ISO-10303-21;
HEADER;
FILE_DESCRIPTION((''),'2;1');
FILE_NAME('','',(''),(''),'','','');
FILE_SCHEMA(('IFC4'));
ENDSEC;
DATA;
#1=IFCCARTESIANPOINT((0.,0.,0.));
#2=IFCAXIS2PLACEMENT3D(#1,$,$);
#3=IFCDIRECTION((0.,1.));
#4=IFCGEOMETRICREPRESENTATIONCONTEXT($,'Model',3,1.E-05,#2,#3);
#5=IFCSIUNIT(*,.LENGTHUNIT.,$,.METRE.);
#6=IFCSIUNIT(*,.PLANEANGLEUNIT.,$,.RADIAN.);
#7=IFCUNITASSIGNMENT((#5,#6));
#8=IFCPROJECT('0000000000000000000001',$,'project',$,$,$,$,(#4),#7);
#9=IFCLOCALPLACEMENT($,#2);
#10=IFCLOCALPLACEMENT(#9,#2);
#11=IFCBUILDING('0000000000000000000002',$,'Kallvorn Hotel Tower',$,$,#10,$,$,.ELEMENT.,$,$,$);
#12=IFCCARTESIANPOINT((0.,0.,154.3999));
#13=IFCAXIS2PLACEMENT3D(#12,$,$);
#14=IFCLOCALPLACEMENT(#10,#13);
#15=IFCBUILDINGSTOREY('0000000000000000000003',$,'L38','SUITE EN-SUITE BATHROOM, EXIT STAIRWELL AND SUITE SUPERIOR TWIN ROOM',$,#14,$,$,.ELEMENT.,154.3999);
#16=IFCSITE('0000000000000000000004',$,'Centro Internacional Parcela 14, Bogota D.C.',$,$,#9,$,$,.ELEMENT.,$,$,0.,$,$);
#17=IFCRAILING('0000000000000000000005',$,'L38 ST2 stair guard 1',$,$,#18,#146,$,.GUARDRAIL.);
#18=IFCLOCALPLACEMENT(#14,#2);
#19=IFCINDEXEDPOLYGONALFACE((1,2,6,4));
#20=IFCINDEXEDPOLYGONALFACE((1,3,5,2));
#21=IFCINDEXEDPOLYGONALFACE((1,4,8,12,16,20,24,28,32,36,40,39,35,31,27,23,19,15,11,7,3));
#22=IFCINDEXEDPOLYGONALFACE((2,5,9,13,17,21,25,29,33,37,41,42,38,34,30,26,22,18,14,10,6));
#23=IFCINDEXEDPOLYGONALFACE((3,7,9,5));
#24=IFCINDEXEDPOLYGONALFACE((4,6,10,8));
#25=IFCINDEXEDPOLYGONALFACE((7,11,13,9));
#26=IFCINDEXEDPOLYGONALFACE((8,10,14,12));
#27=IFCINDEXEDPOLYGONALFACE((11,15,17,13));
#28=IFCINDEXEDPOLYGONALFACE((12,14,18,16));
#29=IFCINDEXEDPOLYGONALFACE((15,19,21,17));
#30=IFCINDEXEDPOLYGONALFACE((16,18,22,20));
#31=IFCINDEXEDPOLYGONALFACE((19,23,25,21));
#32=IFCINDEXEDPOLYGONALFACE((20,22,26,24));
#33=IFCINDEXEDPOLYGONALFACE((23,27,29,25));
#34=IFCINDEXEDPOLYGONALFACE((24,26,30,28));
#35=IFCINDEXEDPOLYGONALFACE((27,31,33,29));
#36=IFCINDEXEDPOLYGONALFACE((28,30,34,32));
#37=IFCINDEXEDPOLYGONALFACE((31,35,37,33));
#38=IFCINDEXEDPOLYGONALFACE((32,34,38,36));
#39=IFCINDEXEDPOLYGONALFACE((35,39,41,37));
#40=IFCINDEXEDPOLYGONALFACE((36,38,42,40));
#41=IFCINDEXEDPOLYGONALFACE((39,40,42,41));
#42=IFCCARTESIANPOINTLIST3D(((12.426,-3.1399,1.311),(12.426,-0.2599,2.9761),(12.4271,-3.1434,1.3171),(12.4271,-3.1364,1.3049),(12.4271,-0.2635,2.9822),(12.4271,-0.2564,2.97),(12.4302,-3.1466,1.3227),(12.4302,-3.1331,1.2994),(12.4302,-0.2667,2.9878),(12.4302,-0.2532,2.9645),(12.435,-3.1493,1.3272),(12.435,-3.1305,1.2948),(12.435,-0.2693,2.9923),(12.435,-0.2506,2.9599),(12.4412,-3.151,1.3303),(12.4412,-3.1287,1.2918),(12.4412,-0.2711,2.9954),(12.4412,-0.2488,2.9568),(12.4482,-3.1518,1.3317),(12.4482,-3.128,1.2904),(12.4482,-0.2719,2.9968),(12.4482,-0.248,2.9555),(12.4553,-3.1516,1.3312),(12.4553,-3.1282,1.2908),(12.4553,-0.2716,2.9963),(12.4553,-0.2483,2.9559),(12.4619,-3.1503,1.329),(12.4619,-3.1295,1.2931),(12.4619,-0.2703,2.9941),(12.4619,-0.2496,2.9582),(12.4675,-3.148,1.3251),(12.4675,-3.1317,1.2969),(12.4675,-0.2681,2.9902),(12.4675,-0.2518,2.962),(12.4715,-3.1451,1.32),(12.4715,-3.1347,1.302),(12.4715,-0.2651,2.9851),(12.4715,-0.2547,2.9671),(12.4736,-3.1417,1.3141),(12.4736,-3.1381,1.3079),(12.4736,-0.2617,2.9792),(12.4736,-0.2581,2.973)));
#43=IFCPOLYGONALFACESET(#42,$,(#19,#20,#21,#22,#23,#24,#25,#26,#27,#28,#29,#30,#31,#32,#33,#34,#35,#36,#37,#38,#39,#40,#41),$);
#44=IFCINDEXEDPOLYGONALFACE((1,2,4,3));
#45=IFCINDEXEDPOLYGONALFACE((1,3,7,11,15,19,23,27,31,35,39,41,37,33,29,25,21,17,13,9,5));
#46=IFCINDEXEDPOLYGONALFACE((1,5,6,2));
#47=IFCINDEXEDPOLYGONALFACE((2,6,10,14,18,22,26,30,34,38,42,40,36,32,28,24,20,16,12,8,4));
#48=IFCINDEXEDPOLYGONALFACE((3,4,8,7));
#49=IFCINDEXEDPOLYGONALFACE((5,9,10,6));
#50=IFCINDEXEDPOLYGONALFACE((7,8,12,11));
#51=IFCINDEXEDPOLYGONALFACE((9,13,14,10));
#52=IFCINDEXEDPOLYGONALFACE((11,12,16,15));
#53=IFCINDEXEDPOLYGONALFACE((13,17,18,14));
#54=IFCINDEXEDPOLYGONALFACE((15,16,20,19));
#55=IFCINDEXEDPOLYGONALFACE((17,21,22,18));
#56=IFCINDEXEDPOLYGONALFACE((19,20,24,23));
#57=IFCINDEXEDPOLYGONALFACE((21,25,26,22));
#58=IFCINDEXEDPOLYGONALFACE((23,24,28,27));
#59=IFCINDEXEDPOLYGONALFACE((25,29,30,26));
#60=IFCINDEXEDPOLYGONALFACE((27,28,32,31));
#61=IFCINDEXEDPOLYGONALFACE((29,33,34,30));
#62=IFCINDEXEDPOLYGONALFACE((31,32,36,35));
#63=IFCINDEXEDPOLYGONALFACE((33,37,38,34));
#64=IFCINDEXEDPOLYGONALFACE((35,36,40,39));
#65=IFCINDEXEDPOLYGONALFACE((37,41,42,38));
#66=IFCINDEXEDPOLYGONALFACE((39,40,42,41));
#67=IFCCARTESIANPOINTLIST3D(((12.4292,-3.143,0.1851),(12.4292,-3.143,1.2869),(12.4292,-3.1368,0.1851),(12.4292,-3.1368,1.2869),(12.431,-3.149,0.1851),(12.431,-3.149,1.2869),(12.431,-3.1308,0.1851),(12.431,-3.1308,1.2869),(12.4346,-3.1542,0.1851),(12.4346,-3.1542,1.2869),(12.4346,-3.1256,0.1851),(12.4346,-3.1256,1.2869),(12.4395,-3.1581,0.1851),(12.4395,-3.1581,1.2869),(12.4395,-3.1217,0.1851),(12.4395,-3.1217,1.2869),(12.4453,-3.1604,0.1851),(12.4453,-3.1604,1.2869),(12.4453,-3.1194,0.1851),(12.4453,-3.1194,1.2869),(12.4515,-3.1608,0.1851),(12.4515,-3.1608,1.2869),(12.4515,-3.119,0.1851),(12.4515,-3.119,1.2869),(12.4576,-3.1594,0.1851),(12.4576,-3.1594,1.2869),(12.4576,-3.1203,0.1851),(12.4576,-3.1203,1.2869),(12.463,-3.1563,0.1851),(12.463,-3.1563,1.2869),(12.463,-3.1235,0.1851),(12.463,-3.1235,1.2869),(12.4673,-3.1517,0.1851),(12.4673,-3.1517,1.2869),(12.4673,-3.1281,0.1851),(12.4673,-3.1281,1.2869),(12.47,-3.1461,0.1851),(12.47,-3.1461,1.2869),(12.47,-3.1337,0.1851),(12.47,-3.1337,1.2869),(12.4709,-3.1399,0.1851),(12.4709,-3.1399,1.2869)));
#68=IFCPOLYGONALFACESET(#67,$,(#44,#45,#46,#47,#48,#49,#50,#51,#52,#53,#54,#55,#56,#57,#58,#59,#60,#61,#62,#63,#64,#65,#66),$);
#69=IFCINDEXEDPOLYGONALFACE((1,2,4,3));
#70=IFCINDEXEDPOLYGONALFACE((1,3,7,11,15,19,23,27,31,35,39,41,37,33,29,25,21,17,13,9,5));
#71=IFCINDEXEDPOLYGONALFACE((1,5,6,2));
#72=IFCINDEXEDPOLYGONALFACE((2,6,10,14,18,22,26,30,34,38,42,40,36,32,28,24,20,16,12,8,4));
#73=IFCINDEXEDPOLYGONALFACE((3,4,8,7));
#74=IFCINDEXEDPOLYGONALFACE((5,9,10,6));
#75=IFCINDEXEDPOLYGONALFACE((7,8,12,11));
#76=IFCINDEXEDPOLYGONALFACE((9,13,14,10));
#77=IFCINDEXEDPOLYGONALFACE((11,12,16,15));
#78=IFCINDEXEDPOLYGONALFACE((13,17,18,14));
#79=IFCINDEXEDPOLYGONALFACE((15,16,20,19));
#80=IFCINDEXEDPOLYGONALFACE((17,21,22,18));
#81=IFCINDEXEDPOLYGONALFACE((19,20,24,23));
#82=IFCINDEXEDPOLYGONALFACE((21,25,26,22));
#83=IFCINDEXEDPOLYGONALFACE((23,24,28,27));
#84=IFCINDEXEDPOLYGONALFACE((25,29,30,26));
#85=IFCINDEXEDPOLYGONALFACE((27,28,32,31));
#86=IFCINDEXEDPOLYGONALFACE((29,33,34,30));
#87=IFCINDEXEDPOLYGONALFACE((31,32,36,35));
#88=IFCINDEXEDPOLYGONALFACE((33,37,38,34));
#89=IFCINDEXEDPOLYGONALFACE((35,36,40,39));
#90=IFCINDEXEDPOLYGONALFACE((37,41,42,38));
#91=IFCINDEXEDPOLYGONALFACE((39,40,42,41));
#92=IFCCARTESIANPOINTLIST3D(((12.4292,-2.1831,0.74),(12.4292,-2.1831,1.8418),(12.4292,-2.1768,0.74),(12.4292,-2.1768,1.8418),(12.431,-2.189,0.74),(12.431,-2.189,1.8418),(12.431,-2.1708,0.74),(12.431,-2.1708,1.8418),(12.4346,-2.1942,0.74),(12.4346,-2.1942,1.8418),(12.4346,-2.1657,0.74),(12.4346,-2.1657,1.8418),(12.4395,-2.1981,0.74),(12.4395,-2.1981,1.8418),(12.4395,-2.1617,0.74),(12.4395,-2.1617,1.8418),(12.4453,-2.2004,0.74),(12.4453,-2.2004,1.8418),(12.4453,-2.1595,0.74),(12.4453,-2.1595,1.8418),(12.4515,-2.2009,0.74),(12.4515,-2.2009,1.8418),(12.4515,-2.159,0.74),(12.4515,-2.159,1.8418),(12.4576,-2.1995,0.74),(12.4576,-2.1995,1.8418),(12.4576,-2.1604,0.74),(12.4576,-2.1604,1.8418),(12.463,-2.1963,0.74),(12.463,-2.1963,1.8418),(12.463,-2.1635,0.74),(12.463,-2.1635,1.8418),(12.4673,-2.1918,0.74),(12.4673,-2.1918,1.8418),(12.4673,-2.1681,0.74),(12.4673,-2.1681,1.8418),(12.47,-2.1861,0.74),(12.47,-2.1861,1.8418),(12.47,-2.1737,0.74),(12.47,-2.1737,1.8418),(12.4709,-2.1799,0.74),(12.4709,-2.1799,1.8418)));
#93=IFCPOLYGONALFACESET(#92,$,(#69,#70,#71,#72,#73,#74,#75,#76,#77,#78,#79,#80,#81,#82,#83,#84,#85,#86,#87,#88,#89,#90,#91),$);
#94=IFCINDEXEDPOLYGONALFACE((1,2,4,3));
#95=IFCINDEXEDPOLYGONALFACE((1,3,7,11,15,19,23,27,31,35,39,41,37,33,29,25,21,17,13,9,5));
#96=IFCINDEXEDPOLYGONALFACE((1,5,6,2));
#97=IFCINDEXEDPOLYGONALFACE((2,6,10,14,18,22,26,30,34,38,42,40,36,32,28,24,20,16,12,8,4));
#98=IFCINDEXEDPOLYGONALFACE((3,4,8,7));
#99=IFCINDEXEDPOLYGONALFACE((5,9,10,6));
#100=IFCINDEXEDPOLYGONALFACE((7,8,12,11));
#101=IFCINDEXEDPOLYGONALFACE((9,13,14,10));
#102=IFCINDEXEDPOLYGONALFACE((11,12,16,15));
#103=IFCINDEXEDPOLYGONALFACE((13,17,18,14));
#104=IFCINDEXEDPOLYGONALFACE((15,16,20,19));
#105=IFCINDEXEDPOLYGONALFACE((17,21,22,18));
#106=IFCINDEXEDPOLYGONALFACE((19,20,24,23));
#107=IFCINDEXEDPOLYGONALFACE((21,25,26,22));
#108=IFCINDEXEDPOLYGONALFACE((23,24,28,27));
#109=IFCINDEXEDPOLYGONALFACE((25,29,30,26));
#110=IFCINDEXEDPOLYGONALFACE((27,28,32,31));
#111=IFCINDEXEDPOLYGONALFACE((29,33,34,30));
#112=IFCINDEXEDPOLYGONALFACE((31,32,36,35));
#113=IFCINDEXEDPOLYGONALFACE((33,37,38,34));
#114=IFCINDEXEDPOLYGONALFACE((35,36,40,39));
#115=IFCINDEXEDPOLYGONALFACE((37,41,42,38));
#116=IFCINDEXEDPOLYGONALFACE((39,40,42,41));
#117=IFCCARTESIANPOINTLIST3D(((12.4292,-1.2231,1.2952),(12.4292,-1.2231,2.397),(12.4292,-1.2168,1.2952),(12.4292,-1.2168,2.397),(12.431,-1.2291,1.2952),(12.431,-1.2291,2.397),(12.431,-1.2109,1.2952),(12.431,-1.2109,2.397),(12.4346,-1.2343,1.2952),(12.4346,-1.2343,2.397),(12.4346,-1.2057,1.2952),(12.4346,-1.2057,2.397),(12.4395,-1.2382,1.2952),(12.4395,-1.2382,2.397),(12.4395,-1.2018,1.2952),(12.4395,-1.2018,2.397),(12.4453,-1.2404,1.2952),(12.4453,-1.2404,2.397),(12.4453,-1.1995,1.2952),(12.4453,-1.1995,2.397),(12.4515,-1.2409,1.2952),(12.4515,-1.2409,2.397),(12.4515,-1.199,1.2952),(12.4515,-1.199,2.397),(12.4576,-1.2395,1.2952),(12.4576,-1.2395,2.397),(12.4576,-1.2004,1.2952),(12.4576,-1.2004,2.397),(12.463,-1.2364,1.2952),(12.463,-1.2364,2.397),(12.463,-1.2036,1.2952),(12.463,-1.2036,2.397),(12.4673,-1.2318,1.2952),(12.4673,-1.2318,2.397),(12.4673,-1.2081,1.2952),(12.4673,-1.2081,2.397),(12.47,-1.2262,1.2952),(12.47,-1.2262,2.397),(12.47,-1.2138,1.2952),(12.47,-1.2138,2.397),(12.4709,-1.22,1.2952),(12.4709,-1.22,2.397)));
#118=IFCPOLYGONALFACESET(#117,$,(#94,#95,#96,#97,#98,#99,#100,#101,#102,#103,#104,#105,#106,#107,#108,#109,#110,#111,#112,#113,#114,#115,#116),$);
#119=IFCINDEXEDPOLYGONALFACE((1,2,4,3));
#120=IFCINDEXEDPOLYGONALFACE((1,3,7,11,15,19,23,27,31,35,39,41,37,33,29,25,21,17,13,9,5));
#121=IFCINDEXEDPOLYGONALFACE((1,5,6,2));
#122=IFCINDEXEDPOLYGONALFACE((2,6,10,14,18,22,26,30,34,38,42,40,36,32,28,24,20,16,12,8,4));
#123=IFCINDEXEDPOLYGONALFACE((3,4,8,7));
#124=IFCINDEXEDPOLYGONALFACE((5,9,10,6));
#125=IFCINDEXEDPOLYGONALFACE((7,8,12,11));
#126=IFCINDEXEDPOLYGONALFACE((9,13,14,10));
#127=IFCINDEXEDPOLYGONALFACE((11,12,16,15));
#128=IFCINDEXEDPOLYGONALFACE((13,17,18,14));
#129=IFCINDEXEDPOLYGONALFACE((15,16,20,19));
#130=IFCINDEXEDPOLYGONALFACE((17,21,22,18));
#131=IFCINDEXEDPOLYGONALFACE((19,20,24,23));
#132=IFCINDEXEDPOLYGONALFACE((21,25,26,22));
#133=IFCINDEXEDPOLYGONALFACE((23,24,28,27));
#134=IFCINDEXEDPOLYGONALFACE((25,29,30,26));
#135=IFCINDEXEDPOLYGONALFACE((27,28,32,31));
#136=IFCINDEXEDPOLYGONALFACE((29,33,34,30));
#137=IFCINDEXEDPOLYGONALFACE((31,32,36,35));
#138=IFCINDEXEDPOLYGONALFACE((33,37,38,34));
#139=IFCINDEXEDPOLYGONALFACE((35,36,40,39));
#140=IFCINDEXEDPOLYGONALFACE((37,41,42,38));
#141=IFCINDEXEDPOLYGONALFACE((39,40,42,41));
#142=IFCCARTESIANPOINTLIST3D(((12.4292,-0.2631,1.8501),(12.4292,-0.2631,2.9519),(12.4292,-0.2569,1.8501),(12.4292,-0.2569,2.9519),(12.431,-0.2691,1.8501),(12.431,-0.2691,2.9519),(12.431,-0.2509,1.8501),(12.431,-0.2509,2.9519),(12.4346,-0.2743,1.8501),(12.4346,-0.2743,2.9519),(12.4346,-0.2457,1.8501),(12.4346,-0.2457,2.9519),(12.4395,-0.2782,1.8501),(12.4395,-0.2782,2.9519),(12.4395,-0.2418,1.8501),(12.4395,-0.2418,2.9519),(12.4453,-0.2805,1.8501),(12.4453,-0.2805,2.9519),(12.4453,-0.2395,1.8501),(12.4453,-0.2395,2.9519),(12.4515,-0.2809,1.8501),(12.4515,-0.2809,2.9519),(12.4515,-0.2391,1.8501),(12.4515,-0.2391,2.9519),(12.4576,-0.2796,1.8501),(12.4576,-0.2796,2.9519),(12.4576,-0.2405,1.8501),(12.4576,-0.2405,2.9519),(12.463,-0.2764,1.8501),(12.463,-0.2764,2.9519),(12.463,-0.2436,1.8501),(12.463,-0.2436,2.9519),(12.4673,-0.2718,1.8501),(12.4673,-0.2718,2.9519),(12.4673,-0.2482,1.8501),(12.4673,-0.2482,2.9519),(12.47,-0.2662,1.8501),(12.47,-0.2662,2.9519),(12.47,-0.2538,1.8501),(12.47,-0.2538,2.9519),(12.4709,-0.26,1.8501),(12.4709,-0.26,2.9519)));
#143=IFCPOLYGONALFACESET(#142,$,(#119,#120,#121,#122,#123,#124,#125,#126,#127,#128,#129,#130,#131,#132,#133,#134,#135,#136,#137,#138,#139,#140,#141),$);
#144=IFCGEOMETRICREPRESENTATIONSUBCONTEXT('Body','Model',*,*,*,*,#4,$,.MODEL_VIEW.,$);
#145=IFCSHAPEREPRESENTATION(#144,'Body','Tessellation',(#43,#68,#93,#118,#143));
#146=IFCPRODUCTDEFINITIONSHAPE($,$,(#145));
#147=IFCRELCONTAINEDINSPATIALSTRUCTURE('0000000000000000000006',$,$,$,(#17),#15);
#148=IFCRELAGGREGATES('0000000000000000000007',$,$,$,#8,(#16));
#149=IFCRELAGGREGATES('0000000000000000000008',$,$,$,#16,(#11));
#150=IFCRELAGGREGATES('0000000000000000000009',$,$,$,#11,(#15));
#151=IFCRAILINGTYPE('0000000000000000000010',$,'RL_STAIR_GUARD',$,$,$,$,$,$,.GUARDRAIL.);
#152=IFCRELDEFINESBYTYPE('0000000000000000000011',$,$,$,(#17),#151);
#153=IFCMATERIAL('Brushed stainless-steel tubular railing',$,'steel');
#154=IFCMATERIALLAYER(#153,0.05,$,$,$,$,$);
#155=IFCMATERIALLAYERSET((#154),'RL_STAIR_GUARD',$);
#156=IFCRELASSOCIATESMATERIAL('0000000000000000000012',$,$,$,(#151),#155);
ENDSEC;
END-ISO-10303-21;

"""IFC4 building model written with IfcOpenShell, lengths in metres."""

from ifc_helpers import new_model, si_unit, direction, frame, origin, origin_2d, place, context, subcontext, project, spatial, circle, extrude, material, layer, layer_set, type_object, element, save


model = new_model("IFC4")

# Units and contexts
model_context = context("Model", 3, precision=1e-05, world=origin(), true_north=direction((0.0, 1.0)))
body_context = subcontext(model_context, "Body", "Model", "MODEL_VIEW")
ifc_project = project(units=[si_unit("LENGTHUNIT", "METRE"), si_unit("PLANEANGLEUNIT", "RADIAN")], contexts=[model_context])

# Site, building, storey
site_placement = place(None, origin())
site = spatial("IfcSite", under=ifc_project, at=site_placement, Name="Centro Internacional Parcela 14, Bogota D.C.", CompositionType="ELEMENT", RefElevation=0.0)
building_placement = place(site_placement, origin())
building = spatial("IfcBuilding", under=site, at=building_placement, Name="Kallvorn Hotel Tower", CompositionType="ELEMENT")
storey_placement = place(building_placement, frame((0.0, 0.0, 154.3999)))
storey = spatial("IfcBuildingStorey", under=building, at=storey_placement, Name="L38", Description="SUITE EN-SUITE BATHROOM, EXIT STAIRWELL AND SUITE SUPERIOR TWIN ROOM", CompositionType="ELEMENT", Elevation=154.3999)

# Railing
ifc_material_1 = material(Name="Brushed stainless-steel tubular railing", Category="steel")
ifc_layer_1 = layer(ifc_material_1, 0.05)
ifc_layer_set_1 = layer_set([ifc_layer_1], Name="RL_STAIR_GUARD")
railing_type_1 = type_object("IfcRailingType", Name="RL_STAIR_GUARD", PredefinedType="GUARDRAIL", material=ifc_layer_set_1)
railing_1_placement = place(storey_placement, frame((12.45, -3.1399, 0.1851)))
element("IfcRailing", 1, at=railing_1_placement, inside=storey, type_object=railing_type_1, Name="L38 ST2 stair guard 1", PredefinedType="GUARDRAIL", context=body_context, shape_type="SweptSolid", body=[
    extrude(circle(Radius=0.0239, at=origin_2d()), frame((0.0, 0.0, 1.126), z_axis=(0.0, 0.865721, 0.500527), x_axis=(-1.0, 0.0, 0.0)), (0.0, 0.0, 1.0), 3.3267),
    extrude(circle(Radius=0.021, at=origin_2d()), origin(), (0.0, 0.0, 1.0), 1.1018),
    extrude(circle(Radius=0.021, at=origin_2d()), frame((0.0, 0.96, 0.5549)), (0.0, 0.0, 1.0), 1.1018),
    extrude(circle(Radius=0.021, at=origin_2d()), frame((0.0, 1.9199, 1.1101)), (0.0, 0.0, 1.0), 1.1018),
    extrude(circle(Radius=0.021, at=origin_2d()), frame((0.0, 2.8799, 1.665)), (0.0, 0.0, 1.0), 1.1018),
])

save(model, "model.ifc")
